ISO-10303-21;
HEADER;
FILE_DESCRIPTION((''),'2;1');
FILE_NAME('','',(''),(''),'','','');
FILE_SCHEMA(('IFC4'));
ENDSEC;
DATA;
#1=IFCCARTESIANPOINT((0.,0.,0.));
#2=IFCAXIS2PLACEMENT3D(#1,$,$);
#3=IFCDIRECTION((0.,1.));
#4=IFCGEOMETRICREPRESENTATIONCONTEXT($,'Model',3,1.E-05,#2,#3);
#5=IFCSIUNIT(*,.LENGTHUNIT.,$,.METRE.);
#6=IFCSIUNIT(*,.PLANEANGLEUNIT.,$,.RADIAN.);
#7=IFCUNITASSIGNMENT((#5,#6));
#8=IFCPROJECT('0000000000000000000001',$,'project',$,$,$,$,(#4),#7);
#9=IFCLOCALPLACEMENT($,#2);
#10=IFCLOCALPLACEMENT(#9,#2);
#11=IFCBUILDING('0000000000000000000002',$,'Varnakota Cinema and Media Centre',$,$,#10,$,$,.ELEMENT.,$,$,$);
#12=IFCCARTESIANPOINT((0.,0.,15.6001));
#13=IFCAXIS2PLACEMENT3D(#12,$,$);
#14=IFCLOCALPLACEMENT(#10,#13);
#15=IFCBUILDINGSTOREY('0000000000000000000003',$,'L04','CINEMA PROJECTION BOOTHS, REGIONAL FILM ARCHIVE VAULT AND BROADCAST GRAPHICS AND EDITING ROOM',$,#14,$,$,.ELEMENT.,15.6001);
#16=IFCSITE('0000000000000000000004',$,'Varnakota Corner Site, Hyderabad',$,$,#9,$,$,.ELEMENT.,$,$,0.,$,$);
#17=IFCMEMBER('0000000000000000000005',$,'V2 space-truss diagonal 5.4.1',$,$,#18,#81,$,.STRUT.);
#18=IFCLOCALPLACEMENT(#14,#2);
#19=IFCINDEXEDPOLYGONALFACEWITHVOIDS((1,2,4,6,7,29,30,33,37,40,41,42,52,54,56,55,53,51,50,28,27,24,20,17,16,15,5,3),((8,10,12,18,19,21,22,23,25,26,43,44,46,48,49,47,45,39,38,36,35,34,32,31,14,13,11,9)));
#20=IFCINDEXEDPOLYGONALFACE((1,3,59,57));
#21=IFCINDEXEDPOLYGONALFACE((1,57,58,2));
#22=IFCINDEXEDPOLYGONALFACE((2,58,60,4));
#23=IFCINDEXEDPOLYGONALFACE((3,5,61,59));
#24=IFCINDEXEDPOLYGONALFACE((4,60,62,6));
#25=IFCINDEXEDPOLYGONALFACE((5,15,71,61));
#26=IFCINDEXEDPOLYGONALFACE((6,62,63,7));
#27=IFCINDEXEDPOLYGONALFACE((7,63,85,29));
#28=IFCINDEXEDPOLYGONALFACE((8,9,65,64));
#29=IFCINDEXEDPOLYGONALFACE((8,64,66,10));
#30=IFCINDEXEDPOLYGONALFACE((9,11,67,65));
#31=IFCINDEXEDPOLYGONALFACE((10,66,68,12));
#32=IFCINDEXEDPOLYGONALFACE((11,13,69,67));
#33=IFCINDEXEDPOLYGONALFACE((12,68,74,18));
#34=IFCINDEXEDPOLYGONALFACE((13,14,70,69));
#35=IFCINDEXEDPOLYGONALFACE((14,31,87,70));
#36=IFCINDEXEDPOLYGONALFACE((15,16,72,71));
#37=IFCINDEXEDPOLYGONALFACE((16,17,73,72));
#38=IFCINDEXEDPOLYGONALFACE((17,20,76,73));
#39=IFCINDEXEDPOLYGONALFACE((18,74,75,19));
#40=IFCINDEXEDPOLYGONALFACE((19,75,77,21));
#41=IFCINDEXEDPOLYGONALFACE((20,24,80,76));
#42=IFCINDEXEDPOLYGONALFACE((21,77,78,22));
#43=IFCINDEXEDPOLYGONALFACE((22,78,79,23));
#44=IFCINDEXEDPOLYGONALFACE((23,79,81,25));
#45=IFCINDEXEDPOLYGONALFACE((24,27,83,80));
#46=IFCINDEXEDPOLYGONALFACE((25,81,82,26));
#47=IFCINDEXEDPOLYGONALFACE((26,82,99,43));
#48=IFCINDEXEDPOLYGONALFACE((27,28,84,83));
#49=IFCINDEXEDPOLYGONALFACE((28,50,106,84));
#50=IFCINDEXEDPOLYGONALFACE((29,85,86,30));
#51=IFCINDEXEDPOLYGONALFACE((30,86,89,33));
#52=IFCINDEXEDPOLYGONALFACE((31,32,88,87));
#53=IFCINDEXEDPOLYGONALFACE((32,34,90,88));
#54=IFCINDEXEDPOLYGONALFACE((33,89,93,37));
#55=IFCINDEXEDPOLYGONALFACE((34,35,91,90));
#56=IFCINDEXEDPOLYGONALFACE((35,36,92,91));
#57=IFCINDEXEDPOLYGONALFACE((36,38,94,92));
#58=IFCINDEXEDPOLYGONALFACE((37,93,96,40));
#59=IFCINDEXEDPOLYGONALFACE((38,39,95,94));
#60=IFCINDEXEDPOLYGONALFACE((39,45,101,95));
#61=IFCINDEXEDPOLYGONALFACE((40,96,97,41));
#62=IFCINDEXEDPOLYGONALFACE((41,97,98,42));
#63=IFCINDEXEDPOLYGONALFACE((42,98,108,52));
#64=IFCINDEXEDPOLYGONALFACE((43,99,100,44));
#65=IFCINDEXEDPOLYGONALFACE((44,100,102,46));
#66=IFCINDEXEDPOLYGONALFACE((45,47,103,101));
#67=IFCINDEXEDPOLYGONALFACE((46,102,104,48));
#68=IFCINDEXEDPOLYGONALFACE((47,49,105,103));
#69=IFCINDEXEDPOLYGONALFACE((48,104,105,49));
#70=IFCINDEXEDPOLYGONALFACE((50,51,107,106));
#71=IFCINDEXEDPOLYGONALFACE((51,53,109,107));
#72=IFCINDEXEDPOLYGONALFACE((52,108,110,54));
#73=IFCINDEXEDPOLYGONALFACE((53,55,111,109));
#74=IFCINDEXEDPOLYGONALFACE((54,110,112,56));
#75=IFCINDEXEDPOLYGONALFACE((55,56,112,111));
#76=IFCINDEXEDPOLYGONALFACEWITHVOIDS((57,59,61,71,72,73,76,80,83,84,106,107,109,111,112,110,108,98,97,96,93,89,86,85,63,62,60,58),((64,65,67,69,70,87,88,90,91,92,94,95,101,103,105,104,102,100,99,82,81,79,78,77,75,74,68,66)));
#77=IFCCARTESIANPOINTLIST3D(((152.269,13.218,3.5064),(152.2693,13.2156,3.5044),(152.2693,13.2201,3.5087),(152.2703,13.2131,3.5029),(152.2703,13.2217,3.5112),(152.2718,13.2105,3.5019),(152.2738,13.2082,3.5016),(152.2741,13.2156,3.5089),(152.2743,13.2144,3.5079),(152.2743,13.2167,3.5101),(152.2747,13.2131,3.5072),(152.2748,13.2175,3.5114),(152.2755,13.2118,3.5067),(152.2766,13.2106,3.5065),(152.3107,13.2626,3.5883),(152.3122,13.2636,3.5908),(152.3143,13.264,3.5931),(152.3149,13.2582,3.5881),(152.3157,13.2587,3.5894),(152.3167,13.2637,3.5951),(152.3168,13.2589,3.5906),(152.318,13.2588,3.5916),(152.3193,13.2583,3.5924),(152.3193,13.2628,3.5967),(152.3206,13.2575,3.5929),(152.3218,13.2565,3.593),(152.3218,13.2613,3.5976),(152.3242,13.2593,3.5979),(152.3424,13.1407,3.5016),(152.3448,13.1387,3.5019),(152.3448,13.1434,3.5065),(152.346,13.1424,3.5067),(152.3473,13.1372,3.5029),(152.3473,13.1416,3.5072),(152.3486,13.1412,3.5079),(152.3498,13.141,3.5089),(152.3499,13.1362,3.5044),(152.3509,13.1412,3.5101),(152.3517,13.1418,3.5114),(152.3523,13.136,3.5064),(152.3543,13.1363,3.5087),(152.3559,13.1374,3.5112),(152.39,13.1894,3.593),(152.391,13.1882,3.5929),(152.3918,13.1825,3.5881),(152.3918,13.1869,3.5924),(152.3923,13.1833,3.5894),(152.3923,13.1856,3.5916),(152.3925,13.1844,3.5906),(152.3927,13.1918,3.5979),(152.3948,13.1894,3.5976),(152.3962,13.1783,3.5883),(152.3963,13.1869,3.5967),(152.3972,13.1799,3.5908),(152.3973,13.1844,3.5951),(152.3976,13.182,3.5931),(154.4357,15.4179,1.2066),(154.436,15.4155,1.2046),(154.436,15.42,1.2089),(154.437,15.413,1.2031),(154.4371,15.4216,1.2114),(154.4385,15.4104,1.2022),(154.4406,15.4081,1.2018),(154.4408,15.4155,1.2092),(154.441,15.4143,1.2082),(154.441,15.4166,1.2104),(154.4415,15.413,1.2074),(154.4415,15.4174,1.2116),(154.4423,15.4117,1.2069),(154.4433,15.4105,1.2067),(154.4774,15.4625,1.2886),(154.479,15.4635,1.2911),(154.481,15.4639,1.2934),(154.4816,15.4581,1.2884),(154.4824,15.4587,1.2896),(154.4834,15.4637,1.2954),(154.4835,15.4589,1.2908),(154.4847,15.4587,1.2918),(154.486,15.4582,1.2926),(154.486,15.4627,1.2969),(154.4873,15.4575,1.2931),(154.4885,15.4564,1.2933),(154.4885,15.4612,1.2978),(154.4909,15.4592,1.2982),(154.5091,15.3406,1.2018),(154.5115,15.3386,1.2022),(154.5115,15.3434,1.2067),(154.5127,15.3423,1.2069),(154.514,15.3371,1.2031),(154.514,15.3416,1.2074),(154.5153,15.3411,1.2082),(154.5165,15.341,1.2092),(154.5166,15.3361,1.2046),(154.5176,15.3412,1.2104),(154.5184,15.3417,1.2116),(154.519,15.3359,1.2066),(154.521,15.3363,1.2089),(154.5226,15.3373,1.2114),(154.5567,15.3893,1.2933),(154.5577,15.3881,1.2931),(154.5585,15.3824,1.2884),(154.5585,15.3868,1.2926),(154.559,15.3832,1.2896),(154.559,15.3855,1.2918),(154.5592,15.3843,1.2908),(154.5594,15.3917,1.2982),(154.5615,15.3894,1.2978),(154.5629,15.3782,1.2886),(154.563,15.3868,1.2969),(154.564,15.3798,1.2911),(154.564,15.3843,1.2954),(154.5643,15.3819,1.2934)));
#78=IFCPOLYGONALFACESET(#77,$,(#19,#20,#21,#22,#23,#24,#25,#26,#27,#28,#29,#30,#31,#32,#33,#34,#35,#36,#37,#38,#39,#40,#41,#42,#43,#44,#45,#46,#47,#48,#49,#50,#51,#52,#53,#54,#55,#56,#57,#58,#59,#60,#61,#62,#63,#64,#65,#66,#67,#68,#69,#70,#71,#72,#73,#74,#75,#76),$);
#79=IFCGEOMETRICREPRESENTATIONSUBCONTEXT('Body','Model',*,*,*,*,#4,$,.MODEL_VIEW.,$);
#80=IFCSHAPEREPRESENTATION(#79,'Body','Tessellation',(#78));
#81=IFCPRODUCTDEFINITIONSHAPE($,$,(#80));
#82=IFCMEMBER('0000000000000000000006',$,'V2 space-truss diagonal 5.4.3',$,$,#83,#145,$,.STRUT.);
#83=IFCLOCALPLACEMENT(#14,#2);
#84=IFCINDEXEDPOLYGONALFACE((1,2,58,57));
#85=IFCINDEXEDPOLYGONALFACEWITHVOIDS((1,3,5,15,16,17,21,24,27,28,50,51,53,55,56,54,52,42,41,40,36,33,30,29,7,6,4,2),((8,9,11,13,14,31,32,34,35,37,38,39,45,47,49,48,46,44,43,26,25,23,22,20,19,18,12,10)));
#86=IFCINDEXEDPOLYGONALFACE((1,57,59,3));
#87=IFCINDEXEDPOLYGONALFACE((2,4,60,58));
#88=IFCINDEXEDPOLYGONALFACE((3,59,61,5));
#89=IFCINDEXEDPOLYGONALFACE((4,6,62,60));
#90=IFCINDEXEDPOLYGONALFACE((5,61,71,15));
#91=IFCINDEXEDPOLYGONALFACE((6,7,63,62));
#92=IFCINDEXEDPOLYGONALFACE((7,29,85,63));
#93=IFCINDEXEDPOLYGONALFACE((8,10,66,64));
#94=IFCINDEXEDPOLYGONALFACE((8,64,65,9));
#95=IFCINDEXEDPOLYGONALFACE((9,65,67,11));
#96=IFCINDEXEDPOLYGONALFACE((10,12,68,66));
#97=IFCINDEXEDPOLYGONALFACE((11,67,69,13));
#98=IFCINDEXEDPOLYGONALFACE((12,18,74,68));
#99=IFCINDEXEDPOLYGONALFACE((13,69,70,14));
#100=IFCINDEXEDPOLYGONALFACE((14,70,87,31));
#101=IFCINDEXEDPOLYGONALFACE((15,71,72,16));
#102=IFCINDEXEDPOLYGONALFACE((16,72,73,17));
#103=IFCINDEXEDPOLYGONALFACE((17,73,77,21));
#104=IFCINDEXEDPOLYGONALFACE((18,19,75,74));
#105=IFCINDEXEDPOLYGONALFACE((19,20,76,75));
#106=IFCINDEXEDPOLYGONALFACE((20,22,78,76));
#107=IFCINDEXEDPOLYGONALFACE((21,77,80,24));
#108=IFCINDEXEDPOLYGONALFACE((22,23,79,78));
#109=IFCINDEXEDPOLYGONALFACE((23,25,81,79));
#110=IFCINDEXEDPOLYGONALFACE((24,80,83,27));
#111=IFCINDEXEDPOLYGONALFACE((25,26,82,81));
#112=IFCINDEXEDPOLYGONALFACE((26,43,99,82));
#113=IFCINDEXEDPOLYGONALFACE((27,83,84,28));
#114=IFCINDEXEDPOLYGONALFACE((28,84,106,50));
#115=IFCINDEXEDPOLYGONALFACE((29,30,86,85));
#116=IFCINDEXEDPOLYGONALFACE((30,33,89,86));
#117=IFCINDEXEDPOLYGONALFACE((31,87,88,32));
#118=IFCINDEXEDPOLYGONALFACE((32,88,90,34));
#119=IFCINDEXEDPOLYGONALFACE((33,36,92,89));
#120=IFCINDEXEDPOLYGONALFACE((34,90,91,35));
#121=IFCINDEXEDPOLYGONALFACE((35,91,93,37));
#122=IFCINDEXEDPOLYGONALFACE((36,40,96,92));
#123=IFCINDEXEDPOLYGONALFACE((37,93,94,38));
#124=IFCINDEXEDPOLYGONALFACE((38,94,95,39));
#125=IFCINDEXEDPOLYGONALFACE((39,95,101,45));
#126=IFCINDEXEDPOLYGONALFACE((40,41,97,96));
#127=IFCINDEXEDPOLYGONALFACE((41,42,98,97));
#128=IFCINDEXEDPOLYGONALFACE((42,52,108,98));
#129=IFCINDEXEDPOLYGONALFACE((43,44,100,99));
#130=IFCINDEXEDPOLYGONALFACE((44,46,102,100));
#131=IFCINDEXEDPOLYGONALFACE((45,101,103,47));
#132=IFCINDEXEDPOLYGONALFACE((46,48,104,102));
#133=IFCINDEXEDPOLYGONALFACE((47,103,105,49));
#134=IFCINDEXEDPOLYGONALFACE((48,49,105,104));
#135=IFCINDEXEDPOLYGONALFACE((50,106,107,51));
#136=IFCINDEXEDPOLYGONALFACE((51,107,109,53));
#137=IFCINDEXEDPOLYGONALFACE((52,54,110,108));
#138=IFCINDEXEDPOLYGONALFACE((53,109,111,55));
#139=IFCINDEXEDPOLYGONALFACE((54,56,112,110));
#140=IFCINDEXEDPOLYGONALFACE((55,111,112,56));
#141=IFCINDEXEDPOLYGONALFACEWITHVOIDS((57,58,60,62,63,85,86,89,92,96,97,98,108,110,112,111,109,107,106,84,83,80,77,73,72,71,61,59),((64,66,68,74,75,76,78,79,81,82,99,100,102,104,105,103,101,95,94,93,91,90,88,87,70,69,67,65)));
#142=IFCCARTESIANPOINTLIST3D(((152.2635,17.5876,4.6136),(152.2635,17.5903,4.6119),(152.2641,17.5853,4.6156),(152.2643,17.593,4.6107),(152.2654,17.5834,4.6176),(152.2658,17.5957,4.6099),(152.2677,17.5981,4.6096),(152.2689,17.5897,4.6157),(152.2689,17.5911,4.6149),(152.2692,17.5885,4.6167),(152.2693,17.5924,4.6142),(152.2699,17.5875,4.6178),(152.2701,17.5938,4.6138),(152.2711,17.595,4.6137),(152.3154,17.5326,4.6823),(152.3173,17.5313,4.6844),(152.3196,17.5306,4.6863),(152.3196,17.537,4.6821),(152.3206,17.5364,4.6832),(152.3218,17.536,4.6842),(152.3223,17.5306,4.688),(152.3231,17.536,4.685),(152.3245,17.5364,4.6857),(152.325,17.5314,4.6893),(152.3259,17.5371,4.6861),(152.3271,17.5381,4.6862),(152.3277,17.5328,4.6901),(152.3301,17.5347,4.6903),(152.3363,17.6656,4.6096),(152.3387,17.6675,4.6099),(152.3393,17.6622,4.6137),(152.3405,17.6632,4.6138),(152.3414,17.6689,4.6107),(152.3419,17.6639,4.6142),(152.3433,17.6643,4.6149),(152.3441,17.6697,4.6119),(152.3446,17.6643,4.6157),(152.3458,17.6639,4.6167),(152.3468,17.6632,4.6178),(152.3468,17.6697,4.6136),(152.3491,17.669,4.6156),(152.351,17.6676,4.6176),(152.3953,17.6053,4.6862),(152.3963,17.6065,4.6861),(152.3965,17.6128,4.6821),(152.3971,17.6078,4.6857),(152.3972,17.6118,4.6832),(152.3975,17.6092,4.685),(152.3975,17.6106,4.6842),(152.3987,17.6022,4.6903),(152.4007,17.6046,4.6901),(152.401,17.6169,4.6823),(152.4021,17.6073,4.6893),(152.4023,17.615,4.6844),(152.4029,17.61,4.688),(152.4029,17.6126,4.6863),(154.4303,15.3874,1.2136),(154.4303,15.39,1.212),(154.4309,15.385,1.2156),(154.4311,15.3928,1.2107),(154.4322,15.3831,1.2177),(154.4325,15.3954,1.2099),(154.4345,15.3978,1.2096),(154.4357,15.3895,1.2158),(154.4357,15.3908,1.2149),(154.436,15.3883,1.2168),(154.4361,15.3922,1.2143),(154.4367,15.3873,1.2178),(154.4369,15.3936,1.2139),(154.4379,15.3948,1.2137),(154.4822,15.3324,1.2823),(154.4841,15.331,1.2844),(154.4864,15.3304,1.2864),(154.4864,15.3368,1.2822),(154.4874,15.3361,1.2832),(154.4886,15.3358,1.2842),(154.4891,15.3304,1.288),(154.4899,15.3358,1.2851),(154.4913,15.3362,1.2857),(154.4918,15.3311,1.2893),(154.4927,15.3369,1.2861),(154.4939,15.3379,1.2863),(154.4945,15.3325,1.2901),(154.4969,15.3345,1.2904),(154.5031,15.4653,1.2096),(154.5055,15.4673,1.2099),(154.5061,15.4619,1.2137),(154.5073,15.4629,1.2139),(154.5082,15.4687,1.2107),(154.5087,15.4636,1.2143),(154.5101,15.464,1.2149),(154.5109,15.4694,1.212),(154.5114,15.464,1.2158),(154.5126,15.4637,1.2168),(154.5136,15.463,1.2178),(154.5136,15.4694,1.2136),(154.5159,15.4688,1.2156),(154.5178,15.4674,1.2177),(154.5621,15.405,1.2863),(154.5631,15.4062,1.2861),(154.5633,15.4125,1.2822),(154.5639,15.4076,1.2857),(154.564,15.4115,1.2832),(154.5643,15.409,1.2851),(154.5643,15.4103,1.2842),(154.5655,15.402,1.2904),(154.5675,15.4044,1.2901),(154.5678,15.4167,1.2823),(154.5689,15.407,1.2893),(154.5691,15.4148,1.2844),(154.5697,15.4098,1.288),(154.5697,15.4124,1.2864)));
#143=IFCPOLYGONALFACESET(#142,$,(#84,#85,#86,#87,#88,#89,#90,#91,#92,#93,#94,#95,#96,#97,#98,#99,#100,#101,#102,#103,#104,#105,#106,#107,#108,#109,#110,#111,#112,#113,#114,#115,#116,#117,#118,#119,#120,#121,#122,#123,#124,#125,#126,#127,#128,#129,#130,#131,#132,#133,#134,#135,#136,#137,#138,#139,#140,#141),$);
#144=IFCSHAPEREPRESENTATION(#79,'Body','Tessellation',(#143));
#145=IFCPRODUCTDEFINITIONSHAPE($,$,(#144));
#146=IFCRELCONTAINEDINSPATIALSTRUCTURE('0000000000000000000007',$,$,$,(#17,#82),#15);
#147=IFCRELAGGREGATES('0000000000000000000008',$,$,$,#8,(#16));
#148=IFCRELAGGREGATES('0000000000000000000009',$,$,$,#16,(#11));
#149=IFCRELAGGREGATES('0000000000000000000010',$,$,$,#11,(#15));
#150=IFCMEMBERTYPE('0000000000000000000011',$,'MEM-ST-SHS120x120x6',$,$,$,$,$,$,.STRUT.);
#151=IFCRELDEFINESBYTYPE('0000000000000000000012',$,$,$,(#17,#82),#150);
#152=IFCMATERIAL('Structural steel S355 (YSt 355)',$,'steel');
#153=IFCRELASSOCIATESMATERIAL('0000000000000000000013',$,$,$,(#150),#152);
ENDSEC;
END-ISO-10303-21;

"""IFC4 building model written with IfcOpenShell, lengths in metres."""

from ifc_helpers import new_model, si_unit, direction, frame, origin, origin_2d, place, context, subcontext, project, spatial, hollow_rectangle, extrude, material, material_profile, profile_set, type_object, element, save


model = new_model("IFC4")

# Units and contexts
model_context = context("Model", 3, precision=1e-05, world=origin(), true_north=direction((0.0, 1.0)))
body_context = subcontext(model_context, "Body", "Model", "MODEL_VIEW")
ifc_project = project(units=[si_unit("LENGTHUNIT", "METRE"), si_unit("PLANEANGLEUNIT", "RADIAN")], contexts=[model_context])

# Site, building, storey
site_placement = place(None, origin())
site = spatial("IfcSite", under=ifc_project, at=site_placement, Name="Varnakota Corner Site, Hyderabad", CompositionType="ELEMENT", RefElevation=0.0)
building_placement = place(site_placement, origin())
building = spatial("IfcBuilding", under=site, at=building_placement, Name="Varnakota Cinema and Media Centre", CompositionType="ELEMENT")
storey_placement = place(building_placement, frame((0.0, 0.0, 15.6001)))
storey = spatial("IfcBuildingStorey", under=building, at=storey_placement, Name="L04", Description="CINEMA PROJECTION BOOTHS, REGIONAL FILM ARCHIVE VAULT AND BROADCAST GRAPHICS AND EDITING ROOM", CompositionType="ELEMENT", Elevation=15.6001)

# Members
ifc_material_1 = material(Name="Structural steel S355 (YSt 355)", Category="steel")
ifc_material_profile_1 = material_profile(ifc_material_1, hollow_rectangle(XDim=0.1201, YDim=0.1201, WallThickness=0.0061, InnerFilletRadius=0.0061, OuterFilletRadius=0.012, at=origin_2d()), Name="SHS 120x120x6")
ifc_profile_set_1 = profile_set([ifc_material_profile_1], Name="Structural steel S355 (YSt 355)")
member_type_1 = type_object("IfcMemberType", Name="MEM-ST-SHS120x120x6", PredefinedType="STRUT", material=ifc_profile_set_1)
member_1_placement = place(storey_placement, frame((154.5, 15.3999, 1.25), z_axis=(-0.562769, -0.571393, 0.597328), x_axis=(0.712463, -0.70171, 0.0)))
element("IfcMember", 1, at=member_1_placement, inside=storey, type_object=member_type_1, Name="V2 space-truss diagonal 5.4.1", PredefinedType="STRUT", context=body_context, shape_type="SweptSolid", body=[
    extrude(hollow_rectangle(XDim=0.1201, YDim=0.1201, WallThickness=0.0061, InnerFilletRadius=0.0061, OuterFilletRadius=0.012, at=origin_2d()), origin(), (0.0, 0.0, 1.0), 3.8501),
])
member_2_placement = place(storey_placement, frame((154.5, 15.3999, 1.25), z_axis=(-0.471757, 0.47904, 0.740247), x_axis=(-0.712502, -0.70167, 0.0)))
element("IfcMember", 2, at=member_2_placement, inside=storey, type_object=member_type_1, Name="V2 space-truss diagonal 5.4.3", PredefinedType="STRUT", context=body_context, shape_type="SweptSolid", body=[
    extrude(hollow_rectangle(XDim=0.1201, YDim=0.1201, WallThickness=0.0061, InnerFilletRadius=0.0061, OuterFilletRadius=0.012, at=origin_2d()), origin(), (0.0, 0.0, 1.0), 4.593),
])

save(model, "model.ifc")
